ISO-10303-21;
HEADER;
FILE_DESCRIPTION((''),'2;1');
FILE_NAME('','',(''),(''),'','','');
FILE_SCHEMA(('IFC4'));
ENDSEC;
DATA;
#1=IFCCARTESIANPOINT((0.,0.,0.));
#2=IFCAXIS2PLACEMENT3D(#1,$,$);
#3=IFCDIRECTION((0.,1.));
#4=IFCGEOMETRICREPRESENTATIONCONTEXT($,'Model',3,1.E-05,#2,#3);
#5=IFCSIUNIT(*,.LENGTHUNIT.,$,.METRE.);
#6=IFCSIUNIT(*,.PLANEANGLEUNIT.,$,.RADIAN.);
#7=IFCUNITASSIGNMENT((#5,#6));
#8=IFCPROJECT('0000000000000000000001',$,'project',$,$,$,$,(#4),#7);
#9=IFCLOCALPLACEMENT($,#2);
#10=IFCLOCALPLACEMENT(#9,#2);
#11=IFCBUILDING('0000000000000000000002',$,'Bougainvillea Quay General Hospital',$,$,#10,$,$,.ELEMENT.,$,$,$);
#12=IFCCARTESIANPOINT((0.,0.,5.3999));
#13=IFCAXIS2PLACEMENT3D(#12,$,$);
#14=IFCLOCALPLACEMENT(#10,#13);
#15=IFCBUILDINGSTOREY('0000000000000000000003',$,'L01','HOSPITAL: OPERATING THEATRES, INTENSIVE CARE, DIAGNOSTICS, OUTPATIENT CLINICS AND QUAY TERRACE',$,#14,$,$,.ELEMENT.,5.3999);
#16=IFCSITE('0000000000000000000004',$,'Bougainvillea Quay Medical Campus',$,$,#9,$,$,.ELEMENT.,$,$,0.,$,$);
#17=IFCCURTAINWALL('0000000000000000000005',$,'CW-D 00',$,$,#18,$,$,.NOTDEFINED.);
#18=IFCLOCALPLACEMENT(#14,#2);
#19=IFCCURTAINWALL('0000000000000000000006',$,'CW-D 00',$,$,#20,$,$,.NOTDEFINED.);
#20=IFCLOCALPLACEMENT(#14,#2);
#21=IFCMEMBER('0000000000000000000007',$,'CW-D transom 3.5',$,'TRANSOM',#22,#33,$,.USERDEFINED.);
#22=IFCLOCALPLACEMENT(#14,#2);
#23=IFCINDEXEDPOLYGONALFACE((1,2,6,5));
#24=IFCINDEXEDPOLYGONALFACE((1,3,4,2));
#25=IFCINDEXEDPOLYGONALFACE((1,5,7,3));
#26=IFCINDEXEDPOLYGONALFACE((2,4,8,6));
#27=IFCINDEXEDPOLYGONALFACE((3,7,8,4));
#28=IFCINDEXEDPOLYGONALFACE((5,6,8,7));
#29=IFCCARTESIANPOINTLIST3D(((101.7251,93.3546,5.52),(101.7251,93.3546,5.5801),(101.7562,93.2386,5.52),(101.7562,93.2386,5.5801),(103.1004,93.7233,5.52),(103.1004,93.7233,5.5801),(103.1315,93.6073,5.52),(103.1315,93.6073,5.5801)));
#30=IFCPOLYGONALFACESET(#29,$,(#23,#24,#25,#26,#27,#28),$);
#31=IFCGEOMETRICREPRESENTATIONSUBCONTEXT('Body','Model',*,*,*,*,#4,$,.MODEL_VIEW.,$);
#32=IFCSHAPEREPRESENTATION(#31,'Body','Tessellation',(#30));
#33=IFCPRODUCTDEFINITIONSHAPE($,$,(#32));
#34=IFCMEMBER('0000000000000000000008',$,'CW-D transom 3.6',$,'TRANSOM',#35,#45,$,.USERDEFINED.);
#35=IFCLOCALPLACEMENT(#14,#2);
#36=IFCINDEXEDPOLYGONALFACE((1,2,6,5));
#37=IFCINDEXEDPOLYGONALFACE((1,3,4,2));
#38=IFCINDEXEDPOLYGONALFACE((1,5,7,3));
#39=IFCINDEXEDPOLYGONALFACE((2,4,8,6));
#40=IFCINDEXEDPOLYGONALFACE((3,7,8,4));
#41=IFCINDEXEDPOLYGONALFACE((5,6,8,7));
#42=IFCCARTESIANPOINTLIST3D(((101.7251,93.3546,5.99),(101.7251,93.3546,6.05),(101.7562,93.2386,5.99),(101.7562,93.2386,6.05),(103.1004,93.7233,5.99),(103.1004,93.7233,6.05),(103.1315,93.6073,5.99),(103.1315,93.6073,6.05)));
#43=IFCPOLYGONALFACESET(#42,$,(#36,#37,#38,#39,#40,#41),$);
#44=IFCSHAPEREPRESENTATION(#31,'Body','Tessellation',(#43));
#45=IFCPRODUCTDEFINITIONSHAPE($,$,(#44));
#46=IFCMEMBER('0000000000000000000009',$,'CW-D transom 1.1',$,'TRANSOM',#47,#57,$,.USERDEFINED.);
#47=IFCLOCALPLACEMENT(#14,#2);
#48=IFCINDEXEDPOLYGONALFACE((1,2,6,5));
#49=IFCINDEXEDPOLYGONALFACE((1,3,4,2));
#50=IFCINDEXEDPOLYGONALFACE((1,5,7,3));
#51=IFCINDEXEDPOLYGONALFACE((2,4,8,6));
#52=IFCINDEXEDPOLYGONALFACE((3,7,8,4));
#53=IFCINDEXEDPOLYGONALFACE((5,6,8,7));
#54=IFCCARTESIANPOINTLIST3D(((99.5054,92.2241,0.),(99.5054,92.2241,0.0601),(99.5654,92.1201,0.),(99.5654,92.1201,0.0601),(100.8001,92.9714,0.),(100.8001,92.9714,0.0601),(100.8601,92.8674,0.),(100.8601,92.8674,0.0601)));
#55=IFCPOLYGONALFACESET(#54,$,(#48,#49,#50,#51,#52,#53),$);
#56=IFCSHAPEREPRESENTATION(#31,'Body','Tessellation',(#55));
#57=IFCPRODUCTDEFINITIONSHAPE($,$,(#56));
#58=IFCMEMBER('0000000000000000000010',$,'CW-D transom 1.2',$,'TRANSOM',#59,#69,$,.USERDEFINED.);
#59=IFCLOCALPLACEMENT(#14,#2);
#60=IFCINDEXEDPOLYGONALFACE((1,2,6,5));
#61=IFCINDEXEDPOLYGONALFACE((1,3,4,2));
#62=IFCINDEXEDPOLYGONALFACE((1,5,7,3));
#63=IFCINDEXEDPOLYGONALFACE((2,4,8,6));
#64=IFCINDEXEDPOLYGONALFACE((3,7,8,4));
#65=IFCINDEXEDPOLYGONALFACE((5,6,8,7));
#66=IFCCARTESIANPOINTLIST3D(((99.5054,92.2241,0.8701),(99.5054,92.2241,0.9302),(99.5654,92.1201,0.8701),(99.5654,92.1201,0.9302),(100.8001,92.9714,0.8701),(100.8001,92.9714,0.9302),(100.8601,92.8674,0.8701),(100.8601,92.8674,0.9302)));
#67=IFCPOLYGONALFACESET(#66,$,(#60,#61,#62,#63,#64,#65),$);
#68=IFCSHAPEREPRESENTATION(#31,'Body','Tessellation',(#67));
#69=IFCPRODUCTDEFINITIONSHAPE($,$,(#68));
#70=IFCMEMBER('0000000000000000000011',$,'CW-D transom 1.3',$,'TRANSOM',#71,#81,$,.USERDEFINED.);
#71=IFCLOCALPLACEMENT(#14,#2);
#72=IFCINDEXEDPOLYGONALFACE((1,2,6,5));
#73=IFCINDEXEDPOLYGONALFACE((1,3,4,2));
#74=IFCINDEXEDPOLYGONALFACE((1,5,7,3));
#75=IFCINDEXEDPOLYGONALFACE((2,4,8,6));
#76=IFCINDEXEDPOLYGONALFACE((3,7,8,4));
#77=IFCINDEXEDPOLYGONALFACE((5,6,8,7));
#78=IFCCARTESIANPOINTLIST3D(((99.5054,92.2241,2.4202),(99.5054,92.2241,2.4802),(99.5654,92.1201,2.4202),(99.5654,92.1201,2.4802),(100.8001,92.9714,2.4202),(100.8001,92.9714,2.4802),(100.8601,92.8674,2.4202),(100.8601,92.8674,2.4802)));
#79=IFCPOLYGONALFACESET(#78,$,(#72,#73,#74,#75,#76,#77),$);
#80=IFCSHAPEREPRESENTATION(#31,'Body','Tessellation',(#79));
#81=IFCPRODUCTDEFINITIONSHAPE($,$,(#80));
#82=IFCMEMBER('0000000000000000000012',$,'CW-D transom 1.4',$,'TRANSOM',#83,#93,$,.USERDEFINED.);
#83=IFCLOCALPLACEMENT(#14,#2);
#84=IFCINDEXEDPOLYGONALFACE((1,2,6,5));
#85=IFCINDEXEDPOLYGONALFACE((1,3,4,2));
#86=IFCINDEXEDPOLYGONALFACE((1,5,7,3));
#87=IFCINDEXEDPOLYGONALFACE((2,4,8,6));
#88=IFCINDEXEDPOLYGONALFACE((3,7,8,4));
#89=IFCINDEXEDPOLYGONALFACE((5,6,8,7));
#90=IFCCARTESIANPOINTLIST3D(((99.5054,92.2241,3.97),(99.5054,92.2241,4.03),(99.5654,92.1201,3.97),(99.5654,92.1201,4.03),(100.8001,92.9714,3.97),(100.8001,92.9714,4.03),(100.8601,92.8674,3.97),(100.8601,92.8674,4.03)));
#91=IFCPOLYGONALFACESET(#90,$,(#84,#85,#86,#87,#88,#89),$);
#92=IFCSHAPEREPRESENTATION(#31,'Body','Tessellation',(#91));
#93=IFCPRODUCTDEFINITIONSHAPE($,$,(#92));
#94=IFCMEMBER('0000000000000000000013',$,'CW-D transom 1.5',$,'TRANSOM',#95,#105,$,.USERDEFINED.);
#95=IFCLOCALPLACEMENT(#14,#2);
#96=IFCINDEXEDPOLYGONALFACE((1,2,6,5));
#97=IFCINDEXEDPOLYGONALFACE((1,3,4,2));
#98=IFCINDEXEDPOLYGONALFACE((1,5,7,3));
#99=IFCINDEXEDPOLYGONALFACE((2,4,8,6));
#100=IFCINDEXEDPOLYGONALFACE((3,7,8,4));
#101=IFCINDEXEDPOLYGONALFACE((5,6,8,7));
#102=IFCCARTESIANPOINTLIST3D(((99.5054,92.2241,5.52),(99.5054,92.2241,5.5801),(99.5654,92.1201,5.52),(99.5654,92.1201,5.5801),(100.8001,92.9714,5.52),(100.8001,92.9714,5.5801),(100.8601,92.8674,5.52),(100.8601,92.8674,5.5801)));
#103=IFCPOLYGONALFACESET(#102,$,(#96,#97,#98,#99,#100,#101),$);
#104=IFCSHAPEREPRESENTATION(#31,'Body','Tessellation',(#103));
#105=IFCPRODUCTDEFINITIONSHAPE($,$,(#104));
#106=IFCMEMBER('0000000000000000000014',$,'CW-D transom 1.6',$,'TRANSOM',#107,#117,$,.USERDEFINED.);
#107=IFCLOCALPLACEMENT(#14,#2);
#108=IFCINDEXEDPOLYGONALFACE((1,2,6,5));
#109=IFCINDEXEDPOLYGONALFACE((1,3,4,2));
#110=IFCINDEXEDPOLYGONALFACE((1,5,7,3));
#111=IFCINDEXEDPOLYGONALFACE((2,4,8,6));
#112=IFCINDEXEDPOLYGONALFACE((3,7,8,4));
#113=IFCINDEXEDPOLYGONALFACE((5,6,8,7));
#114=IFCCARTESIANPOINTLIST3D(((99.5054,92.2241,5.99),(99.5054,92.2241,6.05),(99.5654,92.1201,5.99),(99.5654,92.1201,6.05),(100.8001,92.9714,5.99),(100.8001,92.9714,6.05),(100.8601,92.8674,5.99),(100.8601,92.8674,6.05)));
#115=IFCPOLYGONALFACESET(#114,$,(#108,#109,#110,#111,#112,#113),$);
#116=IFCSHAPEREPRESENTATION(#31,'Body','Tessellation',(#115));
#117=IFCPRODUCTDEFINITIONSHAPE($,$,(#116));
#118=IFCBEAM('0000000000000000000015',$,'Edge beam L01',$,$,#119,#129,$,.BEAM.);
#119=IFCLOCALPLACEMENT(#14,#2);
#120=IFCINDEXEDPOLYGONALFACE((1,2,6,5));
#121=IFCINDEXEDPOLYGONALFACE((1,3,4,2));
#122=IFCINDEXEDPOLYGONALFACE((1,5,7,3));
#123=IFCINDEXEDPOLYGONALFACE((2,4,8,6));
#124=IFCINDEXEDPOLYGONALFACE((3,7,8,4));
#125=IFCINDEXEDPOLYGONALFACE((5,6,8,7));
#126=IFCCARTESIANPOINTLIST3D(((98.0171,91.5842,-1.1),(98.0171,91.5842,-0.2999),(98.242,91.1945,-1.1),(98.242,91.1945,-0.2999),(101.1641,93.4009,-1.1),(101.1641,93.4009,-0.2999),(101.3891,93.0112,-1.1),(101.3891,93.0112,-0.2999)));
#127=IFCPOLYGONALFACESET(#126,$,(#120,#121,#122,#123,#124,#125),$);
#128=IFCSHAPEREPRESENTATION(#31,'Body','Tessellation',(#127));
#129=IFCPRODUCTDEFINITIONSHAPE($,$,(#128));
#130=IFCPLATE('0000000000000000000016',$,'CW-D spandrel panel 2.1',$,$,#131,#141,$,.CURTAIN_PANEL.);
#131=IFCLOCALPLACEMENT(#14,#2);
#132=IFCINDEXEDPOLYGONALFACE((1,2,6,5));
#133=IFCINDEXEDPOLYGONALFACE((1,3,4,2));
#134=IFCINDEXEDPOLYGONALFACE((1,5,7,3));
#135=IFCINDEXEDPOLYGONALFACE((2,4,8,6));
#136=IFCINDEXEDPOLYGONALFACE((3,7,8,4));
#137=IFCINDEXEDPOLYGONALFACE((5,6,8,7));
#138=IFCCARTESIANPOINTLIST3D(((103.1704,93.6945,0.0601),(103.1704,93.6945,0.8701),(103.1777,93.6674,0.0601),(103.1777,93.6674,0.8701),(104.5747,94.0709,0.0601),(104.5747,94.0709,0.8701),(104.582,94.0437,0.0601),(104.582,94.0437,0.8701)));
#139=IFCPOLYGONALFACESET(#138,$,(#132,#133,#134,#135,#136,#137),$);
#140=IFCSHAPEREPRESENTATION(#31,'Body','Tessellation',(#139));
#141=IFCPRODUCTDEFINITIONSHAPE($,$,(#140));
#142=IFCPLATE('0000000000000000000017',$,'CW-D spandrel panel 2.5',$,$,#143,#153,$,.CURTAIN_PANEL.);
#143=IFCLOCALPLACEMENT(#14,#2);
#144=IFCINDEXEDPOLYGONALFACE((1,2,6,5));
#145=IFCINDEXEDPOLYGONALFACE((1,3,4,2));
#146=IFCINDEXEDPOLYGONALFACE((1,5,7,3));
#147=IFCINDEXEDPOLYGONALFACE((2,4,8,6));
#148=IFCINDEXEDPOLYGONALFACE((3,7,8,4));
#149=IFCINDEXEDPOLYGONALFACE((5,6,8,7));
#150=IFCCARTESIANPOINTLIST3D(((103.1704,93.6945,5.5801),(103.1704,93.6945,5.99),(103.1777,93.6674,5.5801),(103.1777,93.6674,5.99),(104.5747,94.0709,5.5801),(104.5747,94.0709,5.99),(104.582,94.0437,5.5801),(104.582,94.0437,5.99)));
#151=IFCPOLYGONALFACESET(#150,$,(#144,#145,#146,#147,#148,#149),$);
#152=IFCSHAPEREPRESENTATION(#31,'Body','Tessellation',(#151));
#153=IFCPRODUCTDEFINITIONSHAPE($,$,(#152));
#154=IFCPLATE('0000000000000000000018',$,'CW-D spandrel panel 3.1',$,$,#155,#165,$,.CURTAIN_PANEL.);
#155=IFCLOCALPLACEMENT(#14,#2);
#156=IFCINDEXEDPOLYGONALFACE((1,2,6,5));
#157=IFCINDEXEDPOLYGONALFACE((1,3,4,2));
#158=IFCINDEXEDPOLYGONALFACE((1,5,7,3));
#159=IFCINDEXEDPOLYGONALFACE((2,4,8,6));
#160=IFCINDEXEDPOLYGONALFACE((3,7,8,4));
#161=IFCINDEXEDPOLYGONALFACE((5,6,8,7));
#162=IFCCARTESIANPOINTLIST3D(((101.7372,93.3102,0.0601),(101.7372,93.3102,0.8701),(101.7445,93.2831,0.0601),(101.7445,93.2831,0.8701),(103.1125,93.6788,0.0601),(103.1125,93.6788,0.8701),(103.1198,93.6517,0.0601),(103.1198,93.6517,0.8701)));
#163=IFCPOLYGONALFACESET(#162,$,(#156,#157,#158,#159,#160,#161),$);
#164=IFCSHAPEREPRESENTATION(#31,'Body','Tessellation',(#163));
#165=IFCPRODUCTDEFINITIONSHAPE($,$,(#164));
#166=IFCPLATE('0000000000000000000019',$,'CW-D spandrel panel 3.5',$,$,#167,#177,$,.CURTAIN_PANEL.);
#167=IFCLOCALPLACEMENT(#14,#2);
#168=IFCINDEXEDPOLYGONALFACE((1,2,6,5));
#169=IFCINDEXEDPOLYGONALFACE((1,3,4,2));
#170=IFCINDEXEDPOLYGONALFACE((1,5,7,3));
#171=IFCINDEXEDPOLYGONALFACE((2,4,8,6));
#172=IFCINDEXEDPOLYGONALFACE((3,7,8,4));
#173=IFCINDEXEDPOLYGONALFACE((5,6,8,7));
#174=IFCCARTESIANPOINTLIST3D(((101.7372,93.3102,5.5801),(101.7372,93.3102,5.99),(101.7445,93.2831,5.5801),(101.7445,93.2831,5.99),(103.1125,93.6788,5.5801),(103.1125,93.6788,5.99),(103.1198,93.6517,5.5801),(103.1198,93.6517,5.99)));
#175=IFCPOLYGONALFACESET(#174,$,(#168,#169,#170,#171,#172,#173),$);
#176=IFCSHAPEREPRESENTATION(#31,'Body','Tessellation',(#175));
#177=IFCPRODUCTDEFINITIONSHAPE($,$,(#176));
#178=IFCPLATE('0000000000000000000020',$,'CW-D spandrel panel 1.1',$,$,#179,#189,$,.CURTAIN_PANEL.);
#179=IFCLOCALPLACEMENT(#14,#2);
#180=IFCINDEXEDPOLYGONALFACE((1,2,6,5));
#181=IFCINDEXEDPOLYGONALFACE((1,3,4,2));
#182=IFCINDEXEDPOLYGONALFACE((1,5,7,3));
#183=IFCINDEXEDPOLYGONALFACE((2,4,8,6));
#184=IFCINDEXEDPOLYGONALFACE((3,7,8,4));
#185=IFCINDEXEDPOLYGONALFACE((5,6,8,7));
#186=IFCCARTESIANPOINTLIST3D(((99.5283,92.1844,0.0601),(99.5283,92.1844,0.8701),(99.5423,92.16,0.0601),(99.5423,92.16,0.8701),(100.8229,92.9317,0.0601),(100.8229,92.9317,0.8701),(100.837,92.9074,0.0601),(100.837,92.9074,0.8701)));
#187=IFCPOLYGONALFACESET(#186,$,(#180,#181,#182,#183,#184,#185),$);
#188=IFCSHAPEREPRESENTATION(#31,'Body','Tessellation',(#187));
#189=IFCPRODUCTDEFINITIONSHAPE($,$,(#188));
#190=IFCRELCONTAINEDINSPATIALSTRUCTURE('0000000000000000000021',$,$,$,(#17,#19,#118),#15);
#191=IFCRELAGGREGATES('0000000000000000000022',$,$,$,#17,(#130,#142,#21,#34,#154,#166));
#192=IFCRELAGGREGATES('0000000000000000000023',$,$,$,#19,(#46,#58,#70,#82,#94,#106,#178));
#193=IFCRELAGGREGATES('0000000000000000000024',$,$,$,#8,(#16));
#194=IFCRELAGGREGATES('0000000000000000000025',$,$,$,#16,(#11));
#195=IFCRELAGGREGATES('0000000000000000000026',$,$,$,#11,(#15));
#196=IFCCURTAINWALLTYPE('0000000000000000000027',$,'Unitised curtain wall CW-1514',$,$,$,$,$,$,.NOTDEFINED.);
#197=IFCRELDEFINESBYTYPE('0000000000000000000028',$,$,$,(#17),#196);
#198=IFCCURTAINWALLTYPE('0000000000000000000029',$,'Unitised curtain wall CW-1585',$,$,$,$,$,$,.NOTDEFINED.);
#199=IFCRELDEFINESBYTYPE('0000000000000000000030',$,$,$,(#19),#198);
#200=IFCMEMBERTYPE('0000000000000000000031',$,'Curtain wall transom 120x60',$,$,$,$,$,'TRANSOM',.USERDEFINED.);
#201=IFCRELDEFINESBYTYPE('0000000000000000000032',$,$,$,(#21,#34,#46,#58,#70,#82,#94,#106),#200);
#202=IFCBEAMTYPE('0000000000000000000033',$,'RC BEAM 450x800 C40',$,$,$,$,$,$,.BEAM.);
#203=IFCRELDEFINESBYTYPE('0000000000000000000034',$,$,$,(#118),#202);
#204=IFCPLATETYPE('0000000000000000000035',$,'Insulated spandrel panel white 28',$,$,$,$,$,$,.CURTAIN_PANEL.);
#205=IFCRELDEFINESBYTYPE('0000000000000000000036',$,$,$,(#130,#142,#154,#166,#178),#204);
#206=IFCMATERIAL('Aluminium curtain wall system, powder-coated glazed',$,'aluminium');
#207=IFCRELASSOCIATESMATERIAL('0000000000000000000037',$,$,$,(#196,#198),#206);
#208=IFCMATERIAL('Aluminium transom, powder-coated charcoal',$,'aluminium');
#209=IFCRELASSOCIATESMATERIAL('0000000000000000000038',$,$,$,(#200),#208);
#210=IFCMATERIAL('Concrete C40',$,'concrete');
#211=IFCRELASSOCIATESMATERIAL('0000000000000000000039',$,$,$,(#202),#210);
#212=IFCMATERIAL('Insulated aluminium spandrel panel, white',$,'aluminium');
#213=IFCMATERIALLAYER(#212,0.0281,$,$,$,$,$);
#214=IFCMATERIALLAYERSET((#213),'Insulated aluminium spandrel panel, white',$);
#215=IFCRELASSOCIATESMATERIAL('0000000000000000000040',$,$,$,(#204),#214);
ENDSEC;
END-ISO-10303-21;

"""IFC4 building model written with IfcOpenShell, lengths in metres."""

from ifc_helpers import new_model, si_unit, direction, frame, origin, origin_2d, place, context, subcontext, project, spatial, rectangle, extrude, material, layer, layer_set, material_profile, profile_set, type_object, element, aggregate, save


model = new_model("IFC4")

# Units and contexts
model_context = context("Model", 3, precision=1e-05, world=origin(), true_north=direction((0.0, 1.0)))
body_context = subcontext(model_context, "Body", "Model", "MODEL_VIEW")
ifc_project = project(units=[si_unit("LENGTHUNIT", "METRE"), si_unit("PLANEANGLEUNIT", "RADIAN")], contexts=[model_context])

# Site, building, storey
site_placement = place(None, origin())
site = spatial("IfcSite", under=ifc_project, at=site_placement, Name="Bougainvillea Quay Medical Campus", CompositionType="ELEMENT", RefElevation=0.0)
building_placement = place(site_placement, origin())
building = spatial("IfcBuilding", under=site, at=building_placement, Name="Bougainvillea Quay General Hospital", CompositionType="ELEMENT")
storey_placement = place(building_placement, frame((0.0, 0.0, 5.3999)))
storey = spatial("IfcBuildingStorey", under=building, at=storey_placement, Name="L01", Description="HOSPITAL: OPERATING THEATRES, INTENSIVE CARE, DIAGNOSTICS, OUTPATIENT CLINICS AND QUAY TERRACE", CompositionType="ELEMENT", Elevation=5.3999)

# Curtain wall
ifc_material_1 = material(Name="Aluminium curtain wall system, powder-coated glazed", Category="aluminium")
curtain_wall_type_1 = type_object("IfcCurtainWallType", Name="Unitised curtain wall CW-1514", PredefinedType="NOTDEFINED", material=ifc_material_1)
curtain_wall_1_placement = place(storey_placement, origin())
curtain_wall_1 = element("IfcCurtainWall", 1, at=curtain_wall_1_placement, inside=storey, type_object=curtain_wall_type_1, Name="CW-D 00", PredefinedType="NOTDEFINED")

# Curtain wall
curtain_wall_type_2 = type_object("IfcCurtainWallType", Name="Unitised curtain wall CW-1585", PredefinedType="NOTDEFINED", material=ifc_material_1)
curtain_wall_2_placement = place(storey_placement, origin())
curtain_wall_2 = element("IfcCurtainWall", 2, at=curtain_wall_2_placement, inside=storey, type_object=curtain_wall_type_2, Name="CW-D 00", PredefinedType="NOTDEFINED")

# Members
ifc_material_2 = material(Name="Aluminium transom, powder-coated charcoal", Category="aluminium")
ifc_material_profile_1 = material_profile(ifc_material_2, rectangle(XDim=0.1201, YDim=0.0601, at=origin_2d()))
ifc_profile_set_1 = profile_set([ifc_material_profile_1], Name="Aluminium transom, powder-coated charcoal")
member_type_1 = type_object("IfcMemberType", Name="Curtain wall transom 120x60", ElementType="TRANSOM", PredefinedType="USERDEFINED", material=ifc_profile_set_1)
member_1_placement = place(storey_placement, frame((103.116, 93.6653, 5.55), z_axis=(-0.965898, -0.258922, 0.0), x_axis=(0.258922, -0.965898, 0.0)))
member_1 = element("IfcMember", 3, at=member_1_placement, type_object=member_type_1, Name="CW-D transom 3.5", ObjectType="TRANSOM", PredefinedType="USERDEFINED", context=body_context, shape_type="SweptSolid", body=[
    extrude(rectangle(XDim=0.1201, YDim=0.0601, at=origin_2d()), origin(), (0.0, 0.0, 1.0), 1.4238),
])
member_2_placement = place(storey_placement, frame((103.116, 93.6653, 6.02), z_axis=(-0.965898, -0.258922, 0.0), x_axis=(0.258922, -0.965898, 0.0)))
member_2 = element("IfcMember", 4, at=member_2_placement, type_object=member_type_1, Name="CW-D transom 3.6", ObjectType="TRANSOM", PredefinedType="USERDEFINED", context=body_context, shape_type="SweptSolid", body=[
    extrude(rectangle(XDim=0.1201, YDim=0.0601, at=origin_2d()), origin(), (0.0, 0.0, 1.0), 1.4238),
])
member_3_placement = place(storey_placement, frame((100.8301, 92.9194, 0.03), z_axis=(-0.866074, -0.499916, 0.0), x_axis=(0.499916, -0.866074, 0.0)))
member_3 = element("IfcMember", 5, at=member_3_placement, type_object=member_type_1, Name="CW-D transom 1.1", ObjectType="TRANSOM", PredefinedType="USERDEFINED", context=body_context, shape_type="SweptSolid", body=[
    extrude(rectangle(XDim=0.1201, YDim=0.0601, at=origin_2d()), origin(), (0.0, 0.0, 1.0), 1.4949),
])
member_4_placement = place(storey_placement, frame((100.8301, 92.9194, 0.9001), z_axis=(-0.866074, -0.499916, 0.0), x_axis=(0.499916, -0.866074, 0.0)))
member_4 = element("IfcMember", 6, at=member_4_placement, type_object=member_type_1, Name="CW-D transom 1.2", ObjectType="TRANSOM", PredefinedType="USERDEFINED", context=body_context, shape_type="SweptSolid", body=[
    extrude(rectangle(XDim=0.1201, YDim=0.0601, at=origin_2d()), origin(), (0.0, 0.0, 1.0), 1.4949),
])
member_5_placement = place(storey_placement, frame((100.8301, 92.9194, 2.4502), z_axis=(-0.866074, -0.499916, 0.0), x_axis=(0.499916, -0.866074, 0.0)))
member_5 = element("IfcMember", 7, at=member_5_placement, type_object=member_type_1, Name="CW-D transom 1.3", ObjectType="TRANSOM", PredefinedType="USERDEFINED", context=body_context, shape_type="SweptSolid", body=[
    extrude(rectangle(XDim=0.1201, YDim=0.0601, at=origin_2d()), origin(), (0.0, 0.0, 1.0), 1.4949),
])
member_6_placement = place(storey_placement, frame((100.8301, 92.9194, 4.0), z_axis=(-0.866074, -0.499916, 0.0), x_axis=(0.499916, -0.866074, 0.0)))
member_6 = element("IfcMember", 8, at=member_6_placement, type_object=member_type_1, Name="CW-D transom 1.4", ObjectType="TRANSOM", PredefinedType="USERDEFINED", context=body_context, shape_type="SweptSolid", body=[
    extrude(rectangle(XDim=0.1201, YDim=0.0601, at=origin_2d()), origin(), (0.0, 0.0, 1.0), 1.4949),
])
member_7_placement = place(storey_placement, frame((100.8301, 92.9194, 5.55), z_axis=(-0.866074, -0.499916, 0.0), x_axis=(0.499916, -0.866074, 0.0)))
member_7 = element("IfcMember", 9, at=member_7_placement, type_object=member_type_1, Name="CW-D transom 1.5", ObjectType="TRANSOM", PredefinedType="USERDEFINED", context=body_context, shape_type="SweptSolid", body=[
    extrude(rectangle(XDim=0.1201, YDim=0.0601, at=origin_2d()), origin(), (0.0, 0.0, 1.0), 1.4949),
])
member_8_placement = place(storey_placement, frame((100.8301, 92.9194, 6.02), z_axis=(-0.866074, -0.499916, 0.0), x_axis=(0.499916, -0.866074, 0.0)))
member_8 = element("IfcMember", 10, at=member_8_placement, type_object=member_type_1, Name="CW-D transom 1.6", ObjectType="TRANSOM", PredefinedType="USERDEFINED", context=body_context, shape_type="SweptSolid", body=[
    extrude(rectangle(XDim=0.1201, YDim=0.0601, at=origin_2d()), origin(), (0.0, 0.0, 1.0), 1.4949),
])

# Beam
ifc_material_3 = material(Name="Concrete C40", Category="concrete")
ifc_material_profile_2 = material_profile(ifc_material_3, rectangle(XDim=0.45, YDim=0.8, at=origin_2d()))
ifc_profile_set_2 = profile_set([ifc_material_profile_2], Name="Concrete C40")
beam_type = type_object("IfcBeamType", Name="RC BEAM 450x800 C40", PredefinedType="BEAM", material=ifc_profile_set_2)
beam_placement = place(storey_placement, frame((101.2766, 93.2061, -0.7), z_axis=(-0.866056, -0.499947, 0.0), x_axis=(0.499947, -0.866056, 0.0)))
element("IfcBeam", 11, at=beam_placement, inside=storey, type_object=beam_type, Name="Edge beam L01", PredefinedType="BEAM", context=body_context, shape_type="SweptSolid", body=[
    extrude(rectangle(XDim=0.45, YDim=0.8, at=origin_2d()), origin(), (0.0, 0.0, 1.0), 3.6338),
])

# Plates
ifc_material_4 = material(Name="Insulated aluminium spandrel panel, white", Category="aluminium")
ifc_layer_1 = layer(ifc_material_4, 0.0281)
ifc_layer_set_1 = layer_set([ifc_layer_1], Name="Insulated aluminium spandrel panel, white")
plate_type_1 = type_object("IfcPlateType", Name="Insulated spandrel panel white 28", PredefinedType="CURTAIN_PANEL", material=ifc_layer_set_1)
plate_1_placement = place(storey_placement, frame((103.8762, 93.8691, 0.0601), z_axis=(0.0, 0.0, 1.0), x_axis=(-0.965916, -0.258855, 0.0)))
plate_1 = element("IfcPlate", 12, at=plate_1_placement, type_object=plate_type_1, Name="CW-D spandrel panel 2.1", PredefinedType="CURTAIN_PANEL", context=body_context, shape_type="SweptSolid", body=[
    extrude(rectangle(XDim=1.4539, YDim=0.0281, at=origin_2d()), origin(), (0.0, 0.0, 1.0), 0.8101),
])
plate_2_placement = place(storey_placement, frame((103.8762, 93.8691, 5.5801), z_axis=(0.0, 0.0, 1.0), x_axis=(-0.965916, -0.258855, 0.0)))
plate_2 = element("IfcPlate", 13, at=plate_2_placement, type_object=plate_type_1, Name="CW-D spandrel panel 2.5", PredefinedType="CURTAIN_PANEL", context=body_context, shape_type="SweptSolid", body=[
    extrude(rectangle(XDim=1.4539, YDim=0.0281, at=origin_2d()), origin(), (0.0, 0.0, 1.0), 0.4099),
])
plate_3_placement = place(storey_placement, frame((102.4285, 93.481, 0.0601), z_axis=(0.0, 0.0, 1.0), x_axis=(-0.965916, -0.258855, 0.0)))
plate_3 = element("IfcPlate", 14, at=plate_3_placement, type_object=plate_type_1, Name="CW-D spandrel panel 3.1", PredefinedType="CURTAIN_PANEL", context=body_context, shape_type="SweptSolid", body=[
    extrude(rectangle(XDim=1.4238, YDim=0.0281, at=origin_2d()), origin(), (0.0, 0.0, 1.0), 0.8101),
])
plate_4_placement = place(storey_placement, frame((102.4285, 93.481, 5.5801), z_axis=(0.0, 0.0, 1.0), x_axis=(-0.965916, -0.258855, 0.0)))
plate_4 = element("IfcPlate", 15, at=plate_4_placement, type_object=plate_type_1, Name="CW-D spandrel panel 3.5", PredefinedType="CURTAIN_PANEL", context=body_context, shape_type="SweptSolid", body=[
    extrude(rectangle(XDim=1.4238, YDim=0.0281, at=origin_2d()), origin(), (0.0, 0.0, 1.0), 0.4099),
])
plate_5_placement = place(storey_placement, frame((100.1826, 92.5459, 0.0601), z_axis=(0.0, 0.0, 1.0), x_axis=(-0.866046, -0.499965, 0.0)))
plate_5 = element("IfcPlate", 16, at=plate_5_placement, type_object=plate_type_1, Name="CW-D spandrel panel 1.1", PredefinedType="CURTAIN_PANEL", context=body_context, shape_type="SweptSolid", body=[
    extrude(rectangle(XDim=1.4949, YDim=0.0281, at=origin_2d()), origin(), (0.0, 0.0, 1.0), 0.8101),
])
aggregate(curtain_wall_1, [plate_1, plate_2, member_1, member_2, plate_3, plate_4])
aggregate(curtain_wall_2, [member_3, member_4, member_5, member_6, member_7, member_8, plate_5])

save(model, "model.ifc")
